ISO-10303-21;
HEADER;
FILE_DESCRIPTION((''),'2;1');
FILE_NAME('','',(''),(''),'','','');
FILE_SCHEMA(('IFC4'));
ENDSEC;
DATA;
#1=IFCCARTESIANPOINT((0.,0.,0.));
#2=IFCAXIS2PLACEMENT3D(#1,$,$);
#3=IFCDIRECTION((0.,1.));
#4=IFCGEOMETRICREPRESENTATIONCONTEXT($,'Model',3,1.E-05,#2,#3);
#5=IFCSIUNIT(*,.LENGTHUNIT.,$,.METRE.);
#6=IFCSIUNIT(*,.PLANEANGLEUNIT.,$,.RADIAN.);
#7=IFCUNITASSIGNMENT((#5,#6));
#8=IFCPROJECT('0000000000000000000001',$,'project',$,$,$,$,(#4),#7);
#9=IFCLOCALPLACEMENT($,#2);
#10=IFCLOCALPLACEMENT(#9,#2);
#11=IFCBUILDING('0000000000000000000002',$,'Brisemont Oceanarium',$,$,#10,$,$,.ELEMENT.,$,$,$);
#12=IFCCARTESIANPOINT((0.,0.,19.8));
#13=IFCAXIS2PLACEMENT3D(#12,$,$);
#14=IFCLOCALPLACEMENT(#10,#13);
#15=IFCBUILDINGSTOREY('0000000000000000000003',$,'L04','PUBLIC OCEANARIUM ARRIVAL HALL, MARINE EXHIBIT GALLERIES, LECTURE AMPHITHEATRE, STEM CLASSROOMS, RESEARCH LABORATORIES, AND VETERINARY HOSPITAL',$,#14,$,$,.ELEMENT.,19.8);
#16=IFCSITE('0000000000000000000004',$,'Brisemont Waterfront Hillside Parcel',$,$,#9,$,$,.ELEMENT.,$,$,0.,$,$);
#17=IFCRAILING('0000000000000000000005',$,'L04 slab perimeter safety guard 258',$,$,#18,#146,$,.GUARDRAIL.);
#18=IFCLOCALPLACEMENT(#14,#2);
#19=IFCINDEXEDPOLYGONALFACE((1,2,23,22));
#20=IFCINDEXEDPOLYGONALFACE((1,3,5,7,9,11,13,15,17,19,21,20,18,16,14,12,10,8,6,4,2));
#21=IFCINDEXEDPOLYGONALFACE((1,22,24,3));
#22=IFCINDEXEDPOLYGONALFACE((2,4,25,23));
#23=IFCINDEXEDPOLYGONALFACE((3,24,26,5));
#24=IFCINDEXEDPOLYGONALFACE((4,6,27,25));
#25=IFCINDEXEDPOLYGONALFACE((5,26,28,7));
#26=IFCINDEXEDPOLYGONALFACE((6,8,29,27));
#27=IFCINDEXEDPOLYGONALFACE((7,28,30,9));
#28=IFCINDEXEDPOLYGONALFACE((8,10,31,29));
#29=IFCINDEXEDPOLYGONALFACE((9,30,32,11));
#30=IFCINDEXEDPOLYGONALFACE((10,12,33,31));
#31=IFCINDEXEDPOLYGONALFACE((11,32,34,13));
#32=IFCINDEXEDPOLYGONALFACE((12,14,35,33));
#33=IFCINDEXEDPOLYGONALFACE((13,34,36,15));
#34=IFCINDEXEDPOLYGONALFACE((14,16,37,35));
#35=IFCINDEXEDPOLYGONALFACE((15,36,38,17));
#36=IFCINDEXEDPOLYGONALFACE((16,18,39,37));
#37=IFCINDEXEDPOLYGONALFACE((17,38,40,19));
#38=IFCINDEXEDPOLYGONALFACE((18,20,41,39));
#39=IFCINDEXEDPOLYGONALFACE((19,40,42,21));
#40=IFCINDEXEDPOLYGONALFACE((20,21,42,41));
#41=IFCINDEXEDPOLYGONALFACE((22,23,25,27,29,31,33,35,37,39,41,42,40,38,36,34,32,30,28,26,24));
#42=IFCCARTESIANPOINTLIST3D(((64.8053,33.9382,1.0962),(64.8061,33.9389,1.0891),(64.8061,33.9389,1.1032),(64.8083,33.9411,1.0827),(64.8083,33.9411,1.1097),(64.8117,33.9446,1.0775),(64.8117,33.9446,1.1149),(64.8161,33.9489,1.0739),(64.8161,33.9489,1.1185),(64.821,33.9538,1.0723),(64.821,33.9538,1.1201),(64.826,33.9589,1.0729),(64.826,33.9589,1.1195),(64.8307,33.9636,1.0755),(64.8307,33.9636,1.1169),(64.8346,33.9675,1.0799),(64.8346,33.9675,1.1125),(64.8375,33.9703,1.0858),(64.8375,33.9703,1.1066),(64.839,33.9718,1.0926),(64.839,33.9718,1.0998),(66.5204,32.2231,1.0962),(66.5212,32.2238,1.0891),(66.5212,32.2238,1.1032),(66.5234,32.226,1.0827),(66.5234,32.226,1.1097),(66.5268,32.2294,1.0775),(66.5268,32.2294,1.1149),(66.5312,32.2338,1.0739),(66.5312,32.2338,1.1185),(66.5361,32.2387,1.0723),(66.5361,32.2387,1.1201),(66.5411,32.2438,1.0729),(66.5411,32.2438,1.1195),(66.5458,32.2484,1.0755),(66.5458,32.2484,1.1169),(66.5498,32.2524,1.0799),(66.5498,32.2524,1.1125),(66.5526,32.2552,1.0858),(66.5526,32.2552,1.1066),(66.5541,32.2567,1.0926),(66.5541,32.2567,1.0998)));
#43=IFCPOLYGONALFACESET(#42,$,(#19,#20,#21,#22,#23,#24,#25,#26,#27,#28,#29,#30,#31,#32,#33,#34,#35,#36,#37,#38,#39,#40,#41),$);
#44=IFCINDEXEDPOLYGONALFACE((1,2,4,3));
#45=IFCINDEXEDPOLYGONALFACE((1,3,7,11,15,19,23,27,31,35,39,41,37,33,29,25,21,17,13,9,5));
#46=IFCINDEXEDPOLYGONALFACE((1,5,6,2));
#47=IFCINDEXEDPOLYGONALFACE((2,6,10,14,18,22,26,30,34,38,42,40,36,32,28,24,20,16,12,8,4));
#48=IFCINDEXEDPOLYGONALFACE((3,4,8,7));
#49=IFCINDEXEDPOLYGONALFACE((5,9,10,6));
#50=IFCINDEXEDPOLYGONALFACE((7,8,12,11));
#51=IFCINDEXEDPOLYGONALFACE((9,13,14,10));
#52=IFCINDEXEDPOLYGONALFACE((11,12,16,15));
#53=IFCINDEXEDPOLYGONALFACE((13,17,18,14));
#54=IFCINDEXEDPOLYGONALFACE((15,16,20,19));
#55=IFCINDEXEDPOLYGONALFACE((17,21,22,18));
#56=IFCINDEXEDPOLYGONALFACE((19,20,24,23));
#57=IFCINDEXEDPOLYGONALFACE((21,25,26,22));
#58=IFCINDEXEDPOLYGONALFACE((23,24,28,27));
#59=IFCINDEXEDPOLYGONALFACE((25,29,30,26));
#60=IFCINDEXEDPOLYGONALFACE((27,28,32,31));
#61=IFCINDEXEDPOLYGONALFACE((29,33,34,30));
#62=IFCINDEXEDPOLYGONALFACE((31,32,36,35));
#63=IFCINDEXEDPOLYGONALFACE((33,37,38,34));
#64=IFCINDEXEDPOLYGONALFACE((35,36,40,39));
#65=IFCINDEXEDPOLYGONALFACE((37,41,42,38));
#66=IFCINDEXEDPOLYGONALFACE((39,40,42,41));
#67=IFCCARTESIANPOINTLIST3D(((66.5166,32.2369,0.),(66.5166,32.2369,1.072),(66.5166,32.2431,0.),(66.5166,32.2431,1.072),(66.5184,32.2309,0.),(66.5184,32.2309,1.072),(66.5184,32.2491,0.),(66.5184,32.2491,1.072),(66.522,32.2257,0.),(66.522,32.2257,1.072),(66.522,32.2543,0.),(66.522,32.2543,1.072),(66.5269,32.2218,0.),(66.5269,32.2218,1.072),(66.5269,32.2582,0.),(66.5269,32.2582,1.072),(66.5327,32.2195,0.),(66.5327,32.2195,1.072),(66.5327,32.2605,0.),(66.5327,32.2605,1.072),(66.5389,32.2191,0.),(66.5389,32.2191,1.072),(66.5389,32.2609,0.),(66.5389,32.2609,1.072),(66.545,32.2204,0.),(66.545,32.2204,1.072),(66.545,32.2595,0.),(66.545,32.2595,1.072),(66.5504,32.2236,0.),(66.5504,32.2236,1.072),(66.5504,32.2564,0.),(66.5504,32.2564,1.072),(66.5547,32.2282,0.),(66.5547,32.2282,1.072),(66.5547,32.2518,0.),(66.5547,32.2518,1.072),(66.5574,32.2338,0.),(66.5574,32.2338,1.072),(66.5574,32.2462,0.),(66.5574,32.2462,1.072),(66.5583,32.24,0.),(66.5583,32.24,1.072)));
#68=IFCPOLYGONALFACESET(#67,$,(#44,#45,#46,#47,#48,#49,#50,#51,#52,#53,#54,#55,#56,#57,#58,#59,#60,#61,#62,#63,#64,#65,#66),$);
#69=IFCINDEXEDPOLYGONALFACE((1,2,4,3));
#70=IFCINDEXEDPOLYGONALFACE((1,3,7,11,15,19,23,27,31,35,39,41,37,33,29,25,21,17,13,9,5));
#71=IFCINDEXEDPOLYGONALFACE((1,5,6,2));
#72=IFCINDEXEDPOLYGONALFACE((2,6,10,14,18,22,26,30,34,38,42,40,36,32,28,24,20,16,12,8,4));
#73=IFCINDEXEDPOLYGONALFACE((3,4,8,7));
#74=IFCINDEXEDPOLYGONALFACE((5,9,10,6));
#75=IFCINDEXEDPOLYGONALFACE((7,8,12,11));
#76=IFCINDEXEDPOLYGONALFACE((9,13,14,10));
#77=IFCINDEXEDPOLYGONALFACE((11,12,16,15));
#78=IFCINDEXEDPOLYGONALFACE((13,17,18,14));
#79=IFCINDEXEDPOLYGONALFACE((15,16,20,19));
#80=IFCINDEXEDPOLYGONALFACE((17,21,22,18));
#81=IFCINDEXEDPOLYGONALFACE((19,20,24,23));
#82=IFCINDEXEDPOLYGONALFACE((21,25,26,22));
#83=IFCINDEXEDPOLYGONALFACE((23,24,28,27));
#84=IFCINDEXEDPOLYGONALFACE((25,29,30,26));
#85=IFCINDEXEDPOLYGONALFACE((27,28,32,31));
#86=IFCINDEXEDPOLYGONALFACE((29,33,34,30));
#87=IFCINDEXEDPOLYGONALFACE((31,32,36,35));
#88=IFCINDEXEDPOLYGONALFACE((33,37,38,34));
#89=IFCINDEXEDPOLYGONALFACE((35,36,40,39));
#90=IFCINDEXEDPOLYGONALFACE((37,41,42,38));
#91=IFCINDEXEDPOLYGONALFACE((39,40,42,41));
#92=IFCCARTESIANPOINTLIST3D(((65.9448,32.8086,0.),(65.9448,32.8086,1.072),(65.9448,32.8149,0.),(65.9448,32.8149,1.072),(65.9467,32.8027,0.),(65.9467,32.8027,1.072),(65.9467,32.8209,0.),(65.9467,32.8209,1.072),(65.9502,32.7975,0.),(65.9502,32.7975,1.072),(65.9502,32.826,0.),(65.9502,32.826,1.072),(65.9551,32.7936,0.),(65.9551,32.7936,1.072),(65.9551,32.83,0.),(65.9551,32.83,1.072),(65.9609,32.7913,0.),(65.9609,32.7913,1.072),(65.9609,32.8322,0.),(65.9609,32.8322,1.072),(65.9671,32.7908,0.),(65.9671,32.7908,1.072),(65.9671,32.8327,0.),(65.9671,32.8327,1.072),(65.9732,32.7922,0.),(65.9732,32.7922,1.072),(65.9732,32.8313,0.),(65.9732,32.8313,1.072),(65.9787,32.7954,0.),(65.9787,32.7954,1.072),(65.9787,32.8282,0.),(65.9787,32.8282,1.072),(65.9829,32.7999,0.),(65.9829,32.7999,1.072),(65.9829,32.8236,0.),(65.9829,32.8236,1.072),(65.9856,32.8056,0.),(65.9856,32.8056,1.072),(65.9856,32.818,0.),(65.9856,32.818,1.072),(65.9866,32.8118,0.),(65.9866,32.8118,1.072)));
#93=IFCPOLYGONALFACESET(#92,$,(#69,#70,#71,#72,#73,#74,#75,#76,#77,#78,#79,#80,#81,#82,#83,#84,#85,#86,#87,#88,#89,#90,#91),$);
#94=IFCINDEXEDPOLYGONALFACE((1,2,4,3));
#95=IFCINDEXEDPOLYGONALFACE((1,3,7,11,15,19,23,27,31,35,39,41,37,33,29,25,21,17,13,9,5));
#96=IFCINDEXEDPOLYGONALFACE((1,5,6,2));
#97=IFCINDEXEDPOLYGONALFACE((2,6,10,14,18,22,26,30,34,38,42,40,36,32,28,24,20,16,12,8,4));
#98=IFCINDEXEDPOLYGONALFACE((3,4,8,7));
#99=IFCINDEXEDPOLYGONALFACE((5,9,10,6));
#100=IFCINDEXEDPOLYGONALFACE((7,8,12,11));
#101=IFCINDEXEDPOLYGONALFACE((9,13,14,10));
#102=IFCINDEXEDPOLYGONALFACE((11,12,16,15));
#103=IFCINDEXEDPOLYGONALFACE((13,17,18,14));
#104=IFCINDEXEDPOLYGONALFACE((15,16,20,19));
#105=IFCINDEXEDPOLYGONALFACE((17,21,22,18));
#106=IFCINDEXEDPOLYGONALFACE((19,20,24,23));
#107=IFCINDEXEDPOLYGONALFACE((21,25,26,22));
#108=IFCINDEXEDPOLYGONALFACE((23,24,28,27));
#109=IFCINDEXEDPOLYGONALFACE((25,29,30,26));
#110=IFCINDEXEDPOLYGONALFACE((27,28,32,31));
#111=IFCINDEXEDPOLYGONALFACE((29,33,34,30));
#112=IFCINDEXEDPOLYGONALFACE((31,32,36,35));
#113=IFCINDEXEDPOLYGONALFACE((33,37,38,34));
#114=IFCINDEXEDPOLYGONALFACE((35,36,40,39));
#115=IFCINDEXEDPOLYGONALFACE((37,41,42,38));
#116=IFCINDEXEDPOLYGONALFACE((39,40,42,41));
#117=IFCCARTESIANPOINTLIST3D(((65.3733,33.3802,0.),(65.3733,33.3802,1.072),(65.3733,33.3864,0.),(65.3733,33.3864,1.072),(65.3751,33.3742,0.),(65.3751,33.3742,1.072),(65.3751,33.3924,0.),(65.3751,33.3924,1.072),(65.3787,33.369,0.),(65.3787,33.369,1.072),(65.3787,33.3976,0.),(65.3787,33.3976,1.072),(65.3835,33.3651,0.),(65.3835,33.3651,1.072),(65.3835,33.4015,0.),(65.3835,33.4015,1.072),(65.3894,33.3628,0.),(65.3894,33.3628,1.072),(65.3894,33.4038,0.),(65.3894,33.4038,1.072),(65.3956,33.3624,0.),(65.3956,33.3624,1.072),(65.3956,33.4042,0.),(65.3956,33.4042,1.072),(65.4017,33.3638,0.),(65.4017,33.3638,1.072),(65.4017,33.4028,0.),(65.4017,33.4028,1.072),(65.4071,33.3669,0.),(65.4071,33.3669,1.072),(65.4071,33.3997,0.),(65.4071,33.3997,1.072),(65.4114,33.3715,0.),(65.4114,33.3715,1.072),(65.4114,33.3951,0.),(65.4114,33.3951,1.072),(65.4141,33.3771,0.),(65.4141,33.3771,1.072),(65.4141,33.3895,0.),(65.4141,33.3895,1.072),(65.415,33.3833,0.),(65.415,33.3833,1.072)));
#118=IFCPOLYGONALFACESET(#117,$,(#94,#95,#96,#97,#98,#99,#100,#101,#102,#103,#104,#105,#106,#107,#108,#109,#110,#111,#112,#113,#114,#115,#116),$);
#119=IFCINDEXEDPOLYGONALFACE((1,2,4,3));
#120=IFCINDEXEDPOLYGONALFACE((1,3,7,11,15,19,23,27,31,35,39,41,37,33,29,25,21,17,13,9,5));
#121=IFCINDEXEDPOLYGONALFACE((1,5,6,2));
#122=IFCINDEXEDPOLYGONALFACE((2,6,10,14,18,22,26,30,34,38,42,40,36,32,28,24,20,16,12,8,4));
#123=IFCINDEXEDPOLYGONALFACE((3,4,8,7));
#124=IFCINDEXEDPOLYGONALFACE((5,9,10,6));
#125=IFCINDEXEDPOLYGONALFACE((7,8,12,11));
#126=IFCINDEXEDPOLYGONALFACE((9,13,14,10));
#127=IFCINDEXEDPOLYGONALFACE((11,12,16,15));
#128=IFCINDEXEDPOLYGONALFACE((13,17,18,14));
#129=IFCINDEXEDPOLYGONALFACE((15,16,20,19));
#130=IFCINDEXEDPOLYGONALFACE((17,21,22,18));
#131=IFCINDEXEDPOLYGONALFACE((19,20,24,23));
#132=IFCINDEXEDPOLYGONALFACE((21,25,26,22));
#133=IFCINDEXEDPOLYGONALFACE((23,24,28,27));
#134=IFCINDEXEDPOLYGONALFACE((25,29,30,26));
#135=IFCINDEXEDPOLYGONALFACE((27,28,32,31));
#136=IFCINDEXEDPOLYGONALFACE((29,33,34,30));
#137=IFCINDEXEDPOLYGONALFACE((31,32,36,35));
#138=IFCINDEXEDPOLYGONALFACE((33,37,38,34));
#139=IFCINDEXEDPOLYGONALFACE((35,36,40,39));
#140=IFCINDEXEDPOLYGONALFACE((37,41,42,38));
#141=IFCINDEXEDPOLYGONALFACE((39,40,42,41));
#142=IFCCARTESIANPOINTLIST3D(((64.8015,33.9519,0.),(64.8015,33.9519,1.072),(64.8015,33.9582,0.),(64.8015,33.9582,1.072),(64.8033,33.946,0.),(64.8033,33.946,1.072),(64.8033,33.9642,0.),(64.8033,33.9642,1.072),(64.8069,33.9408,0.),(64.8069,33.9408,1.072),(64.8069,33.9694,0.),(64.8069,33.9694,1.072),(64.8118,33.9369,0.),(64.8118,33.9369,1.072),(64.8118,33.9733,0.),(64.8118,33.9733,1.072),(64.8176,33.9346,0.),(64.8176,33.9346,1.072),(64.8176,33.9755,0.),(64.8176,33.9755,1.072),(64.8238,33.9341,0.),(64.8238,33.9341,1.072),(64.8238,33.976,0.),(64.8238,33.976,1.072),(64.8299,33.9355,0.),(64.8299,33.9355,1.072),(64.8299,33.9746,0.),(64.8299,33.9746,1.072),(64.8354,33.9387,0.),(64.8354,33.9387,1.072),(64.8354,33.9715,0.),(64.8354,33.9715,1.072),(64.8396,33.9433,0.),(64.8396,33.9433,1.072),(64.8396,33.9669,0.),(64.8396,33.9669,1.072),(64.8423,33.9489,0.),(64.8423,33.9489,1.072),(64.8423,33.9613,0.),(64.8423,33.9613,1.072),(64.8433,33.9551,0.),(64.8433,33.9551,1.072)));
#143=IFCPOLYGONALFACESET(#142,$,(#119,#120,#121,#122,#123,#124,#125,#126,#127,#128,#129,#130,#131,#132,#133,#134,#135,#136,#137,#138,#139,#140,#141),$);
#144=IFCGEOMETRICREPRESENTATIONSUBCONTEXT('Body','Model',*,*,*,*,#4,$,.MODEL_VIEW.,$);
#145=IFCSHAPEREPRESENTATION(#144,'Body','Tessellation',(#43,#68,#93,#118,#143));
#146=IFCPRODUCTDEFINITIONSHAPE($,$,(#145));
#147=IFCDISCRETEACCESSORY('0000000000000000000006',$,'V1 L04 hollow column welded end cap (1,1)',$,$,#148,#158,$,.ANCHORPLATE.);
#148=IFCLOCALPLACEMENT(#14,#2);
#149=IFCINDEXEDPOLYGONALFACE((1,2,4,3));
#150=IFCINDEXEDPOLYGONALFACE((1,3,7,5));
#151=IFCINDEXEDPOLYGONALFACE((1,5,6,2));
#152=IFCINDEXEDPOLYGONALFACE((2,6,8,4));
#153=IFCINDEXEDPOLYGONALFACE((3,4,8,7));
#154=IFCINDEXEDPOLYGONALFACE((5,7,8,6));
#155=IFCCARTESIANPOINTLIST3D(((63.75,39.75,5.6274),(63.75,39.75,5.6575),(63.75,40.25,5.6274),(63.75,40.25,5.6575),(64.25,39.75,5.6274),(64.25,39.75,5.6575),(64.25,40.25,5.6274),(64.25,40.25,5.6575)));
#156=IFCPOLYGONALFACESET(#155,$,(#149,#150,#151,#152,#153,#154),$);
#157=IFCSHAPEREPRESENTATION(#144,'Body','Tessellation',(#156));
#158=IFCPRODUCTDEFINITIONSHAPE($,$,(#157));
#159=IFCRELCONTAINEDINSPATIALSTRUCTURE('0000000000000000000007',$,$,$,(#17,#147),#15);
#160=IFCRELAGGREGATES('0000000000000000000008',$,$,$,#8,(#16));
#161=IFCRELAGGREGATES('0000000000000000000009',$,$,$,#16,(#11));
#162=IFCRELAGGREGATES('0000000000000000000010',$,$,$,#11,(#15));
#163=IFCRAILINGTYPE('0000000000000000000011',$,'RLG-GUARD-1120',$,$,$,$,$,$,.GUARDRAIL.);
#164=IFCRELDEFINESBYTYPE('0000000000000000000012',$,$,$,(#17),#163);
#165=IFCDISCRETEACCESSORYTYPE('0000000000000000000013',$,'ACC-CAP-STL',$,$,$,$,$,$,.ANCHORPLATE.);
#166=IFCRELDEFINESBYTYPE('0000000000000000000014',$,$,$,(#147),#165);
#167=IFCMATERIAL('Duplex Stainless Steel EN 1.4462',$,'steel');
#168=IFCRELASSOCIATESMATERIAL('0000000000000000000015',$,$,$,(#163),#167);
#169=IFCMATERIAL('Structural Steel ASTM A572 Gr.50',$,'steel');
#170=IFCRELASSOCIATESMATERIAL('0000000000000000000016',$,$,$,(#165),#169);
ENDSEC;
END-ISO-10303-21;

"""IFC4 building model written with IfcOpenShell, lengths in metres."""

from ifc_helpers import new_model, si_unit, direction, frame, origin, origin_2d, place, context, subcontext, project, spatial, rectangle, circle, extrude, material, type_object, element, save


model = new_model("IFC4")

# Units and contexts
model_context = context("Model", 3, precision=1e-05, world=origin(), true_north=direction((0.0, 1.0)))
body_context = subcontext(model_context, "Body", "Model", "MODEL_VIEW")
ifc_project = project(units=[si_unit("LENGTHUNIT", "METRE"), si_unit("PLANEANGLEUNIT", "RADIAN")], contexts=[model_context])

# Site, building, storey
site_placement = place(None, origin())
site = spatial("IfcSite", under=ifc_project, at=site_placement, Name="Brisemont Waterfront Hillside Parcel", CompositionType="ELEMENT", RefElevation=0.0)
building_placement = place(site_placement, origin())
building = spatial("IfcBuilding", under=site, at=building_placement, Name="Brisemont Oceanarium", CompositionType="ELEMENT")
storey_placement = place(building_placement, frame((0.0, 0.0, 19.8)))
storey = spatial("IfcBuildingStorey", under=building, at=storey_placement, Name="L04", Description="PUBLIC OCEANARIUM ARRIVAL HALL, MARINE EXHIBIT GALLERIES, LECTURE AMPHITHEATRE, STEM CLASSROOMS, RESEARCH LABORATORIES, AND VETERINARY HOSPITAL", CompositionType="ELEMENT", Elevation=19.8)

# Railing
ifc_material_1 = material(Name="Duplex Stainless Steel EN 1.4462", Category="steel")
railing_type = type_object("IfcRailingType", Name="RLG-GUARD-1120", PredefinedType="GUARDRAIL", material=ifc_material_1)
railing_1_placement = place(storey_placement, frame((66.5374, 32.24, 0.0)))
element("IfcRailing", 1, at=railing_1_placement, inside=storey, type_object=railing_type, Name="L04 slab perimeter safety guard 258", PredefinedType="GUARDRAIL", context=body_context, shape_type="SweptSolid", body=[
    extrude(circle(Radius=0.0239, at=origin_2d()), frame((0.0, 0.0, 1.0962), z_axis=(-0.707107, 0.707107, 0.0), x_axis=(-0.707107, -0.707107, 0.0)), (0.0, 0.0, 1.0), 2.4255),
    extrude(circle(Radius=0.021, at=origin_2d()), origin(), (0.0, 0.0, 1.0), 1.072),
    extrude(circle(Radius=0.021, at=origin_2d()), frame((-0.5718, 0.5718, 0.0)), (0.0, 0.0, 1.0), 1.072),
    extrude(circle(Radius=0.021, at=origin_2d()), frame((-1.1433, 1.1433, 0.0)), (0.0, 0.0, 1.0), 1.072),
    extrude(circle(Radius=0.021, at=origin_2d()), frame((-1.7151, 1.7151, 0.0)), (0.0, 0.0, 1.0), 1.072),
])

# Discrete accessory
ifc_material_2 = material(Name="Structural Steel ASTM A572 Gr.50", Category="steel")
discrete_accessory_type = type_object("IfcDiscreteAccessoryType", Name="ACC-CAP-STL", PredefinedType="ANCHORPLATE", material=ifc_material_2)
discrete_accessory_placement = place(storey_placement, frame((64.0, 40.0, 5.6274), z_axis=(0.0, 0.0, 1.0), x_axis=(1.0, 0.0, 0.0)))
element("IfcDiscreteAccessory", 2, at=discrete_accessory_placement, inside=storey, type_object=discrete_accessory_type, Name="V1 L04 hollow column welded end cap (1,1)", PredefinedType="ANCHORPLATE", context=body_context, shape_type="SweptSolid", body=[
    extrude(rectangle(XDim=0.5, YDim=0.5, at=origin_2d()), origin(), (0.0, 0.0, 1.0), 0.03),
])

save(model, "model.ifc")
